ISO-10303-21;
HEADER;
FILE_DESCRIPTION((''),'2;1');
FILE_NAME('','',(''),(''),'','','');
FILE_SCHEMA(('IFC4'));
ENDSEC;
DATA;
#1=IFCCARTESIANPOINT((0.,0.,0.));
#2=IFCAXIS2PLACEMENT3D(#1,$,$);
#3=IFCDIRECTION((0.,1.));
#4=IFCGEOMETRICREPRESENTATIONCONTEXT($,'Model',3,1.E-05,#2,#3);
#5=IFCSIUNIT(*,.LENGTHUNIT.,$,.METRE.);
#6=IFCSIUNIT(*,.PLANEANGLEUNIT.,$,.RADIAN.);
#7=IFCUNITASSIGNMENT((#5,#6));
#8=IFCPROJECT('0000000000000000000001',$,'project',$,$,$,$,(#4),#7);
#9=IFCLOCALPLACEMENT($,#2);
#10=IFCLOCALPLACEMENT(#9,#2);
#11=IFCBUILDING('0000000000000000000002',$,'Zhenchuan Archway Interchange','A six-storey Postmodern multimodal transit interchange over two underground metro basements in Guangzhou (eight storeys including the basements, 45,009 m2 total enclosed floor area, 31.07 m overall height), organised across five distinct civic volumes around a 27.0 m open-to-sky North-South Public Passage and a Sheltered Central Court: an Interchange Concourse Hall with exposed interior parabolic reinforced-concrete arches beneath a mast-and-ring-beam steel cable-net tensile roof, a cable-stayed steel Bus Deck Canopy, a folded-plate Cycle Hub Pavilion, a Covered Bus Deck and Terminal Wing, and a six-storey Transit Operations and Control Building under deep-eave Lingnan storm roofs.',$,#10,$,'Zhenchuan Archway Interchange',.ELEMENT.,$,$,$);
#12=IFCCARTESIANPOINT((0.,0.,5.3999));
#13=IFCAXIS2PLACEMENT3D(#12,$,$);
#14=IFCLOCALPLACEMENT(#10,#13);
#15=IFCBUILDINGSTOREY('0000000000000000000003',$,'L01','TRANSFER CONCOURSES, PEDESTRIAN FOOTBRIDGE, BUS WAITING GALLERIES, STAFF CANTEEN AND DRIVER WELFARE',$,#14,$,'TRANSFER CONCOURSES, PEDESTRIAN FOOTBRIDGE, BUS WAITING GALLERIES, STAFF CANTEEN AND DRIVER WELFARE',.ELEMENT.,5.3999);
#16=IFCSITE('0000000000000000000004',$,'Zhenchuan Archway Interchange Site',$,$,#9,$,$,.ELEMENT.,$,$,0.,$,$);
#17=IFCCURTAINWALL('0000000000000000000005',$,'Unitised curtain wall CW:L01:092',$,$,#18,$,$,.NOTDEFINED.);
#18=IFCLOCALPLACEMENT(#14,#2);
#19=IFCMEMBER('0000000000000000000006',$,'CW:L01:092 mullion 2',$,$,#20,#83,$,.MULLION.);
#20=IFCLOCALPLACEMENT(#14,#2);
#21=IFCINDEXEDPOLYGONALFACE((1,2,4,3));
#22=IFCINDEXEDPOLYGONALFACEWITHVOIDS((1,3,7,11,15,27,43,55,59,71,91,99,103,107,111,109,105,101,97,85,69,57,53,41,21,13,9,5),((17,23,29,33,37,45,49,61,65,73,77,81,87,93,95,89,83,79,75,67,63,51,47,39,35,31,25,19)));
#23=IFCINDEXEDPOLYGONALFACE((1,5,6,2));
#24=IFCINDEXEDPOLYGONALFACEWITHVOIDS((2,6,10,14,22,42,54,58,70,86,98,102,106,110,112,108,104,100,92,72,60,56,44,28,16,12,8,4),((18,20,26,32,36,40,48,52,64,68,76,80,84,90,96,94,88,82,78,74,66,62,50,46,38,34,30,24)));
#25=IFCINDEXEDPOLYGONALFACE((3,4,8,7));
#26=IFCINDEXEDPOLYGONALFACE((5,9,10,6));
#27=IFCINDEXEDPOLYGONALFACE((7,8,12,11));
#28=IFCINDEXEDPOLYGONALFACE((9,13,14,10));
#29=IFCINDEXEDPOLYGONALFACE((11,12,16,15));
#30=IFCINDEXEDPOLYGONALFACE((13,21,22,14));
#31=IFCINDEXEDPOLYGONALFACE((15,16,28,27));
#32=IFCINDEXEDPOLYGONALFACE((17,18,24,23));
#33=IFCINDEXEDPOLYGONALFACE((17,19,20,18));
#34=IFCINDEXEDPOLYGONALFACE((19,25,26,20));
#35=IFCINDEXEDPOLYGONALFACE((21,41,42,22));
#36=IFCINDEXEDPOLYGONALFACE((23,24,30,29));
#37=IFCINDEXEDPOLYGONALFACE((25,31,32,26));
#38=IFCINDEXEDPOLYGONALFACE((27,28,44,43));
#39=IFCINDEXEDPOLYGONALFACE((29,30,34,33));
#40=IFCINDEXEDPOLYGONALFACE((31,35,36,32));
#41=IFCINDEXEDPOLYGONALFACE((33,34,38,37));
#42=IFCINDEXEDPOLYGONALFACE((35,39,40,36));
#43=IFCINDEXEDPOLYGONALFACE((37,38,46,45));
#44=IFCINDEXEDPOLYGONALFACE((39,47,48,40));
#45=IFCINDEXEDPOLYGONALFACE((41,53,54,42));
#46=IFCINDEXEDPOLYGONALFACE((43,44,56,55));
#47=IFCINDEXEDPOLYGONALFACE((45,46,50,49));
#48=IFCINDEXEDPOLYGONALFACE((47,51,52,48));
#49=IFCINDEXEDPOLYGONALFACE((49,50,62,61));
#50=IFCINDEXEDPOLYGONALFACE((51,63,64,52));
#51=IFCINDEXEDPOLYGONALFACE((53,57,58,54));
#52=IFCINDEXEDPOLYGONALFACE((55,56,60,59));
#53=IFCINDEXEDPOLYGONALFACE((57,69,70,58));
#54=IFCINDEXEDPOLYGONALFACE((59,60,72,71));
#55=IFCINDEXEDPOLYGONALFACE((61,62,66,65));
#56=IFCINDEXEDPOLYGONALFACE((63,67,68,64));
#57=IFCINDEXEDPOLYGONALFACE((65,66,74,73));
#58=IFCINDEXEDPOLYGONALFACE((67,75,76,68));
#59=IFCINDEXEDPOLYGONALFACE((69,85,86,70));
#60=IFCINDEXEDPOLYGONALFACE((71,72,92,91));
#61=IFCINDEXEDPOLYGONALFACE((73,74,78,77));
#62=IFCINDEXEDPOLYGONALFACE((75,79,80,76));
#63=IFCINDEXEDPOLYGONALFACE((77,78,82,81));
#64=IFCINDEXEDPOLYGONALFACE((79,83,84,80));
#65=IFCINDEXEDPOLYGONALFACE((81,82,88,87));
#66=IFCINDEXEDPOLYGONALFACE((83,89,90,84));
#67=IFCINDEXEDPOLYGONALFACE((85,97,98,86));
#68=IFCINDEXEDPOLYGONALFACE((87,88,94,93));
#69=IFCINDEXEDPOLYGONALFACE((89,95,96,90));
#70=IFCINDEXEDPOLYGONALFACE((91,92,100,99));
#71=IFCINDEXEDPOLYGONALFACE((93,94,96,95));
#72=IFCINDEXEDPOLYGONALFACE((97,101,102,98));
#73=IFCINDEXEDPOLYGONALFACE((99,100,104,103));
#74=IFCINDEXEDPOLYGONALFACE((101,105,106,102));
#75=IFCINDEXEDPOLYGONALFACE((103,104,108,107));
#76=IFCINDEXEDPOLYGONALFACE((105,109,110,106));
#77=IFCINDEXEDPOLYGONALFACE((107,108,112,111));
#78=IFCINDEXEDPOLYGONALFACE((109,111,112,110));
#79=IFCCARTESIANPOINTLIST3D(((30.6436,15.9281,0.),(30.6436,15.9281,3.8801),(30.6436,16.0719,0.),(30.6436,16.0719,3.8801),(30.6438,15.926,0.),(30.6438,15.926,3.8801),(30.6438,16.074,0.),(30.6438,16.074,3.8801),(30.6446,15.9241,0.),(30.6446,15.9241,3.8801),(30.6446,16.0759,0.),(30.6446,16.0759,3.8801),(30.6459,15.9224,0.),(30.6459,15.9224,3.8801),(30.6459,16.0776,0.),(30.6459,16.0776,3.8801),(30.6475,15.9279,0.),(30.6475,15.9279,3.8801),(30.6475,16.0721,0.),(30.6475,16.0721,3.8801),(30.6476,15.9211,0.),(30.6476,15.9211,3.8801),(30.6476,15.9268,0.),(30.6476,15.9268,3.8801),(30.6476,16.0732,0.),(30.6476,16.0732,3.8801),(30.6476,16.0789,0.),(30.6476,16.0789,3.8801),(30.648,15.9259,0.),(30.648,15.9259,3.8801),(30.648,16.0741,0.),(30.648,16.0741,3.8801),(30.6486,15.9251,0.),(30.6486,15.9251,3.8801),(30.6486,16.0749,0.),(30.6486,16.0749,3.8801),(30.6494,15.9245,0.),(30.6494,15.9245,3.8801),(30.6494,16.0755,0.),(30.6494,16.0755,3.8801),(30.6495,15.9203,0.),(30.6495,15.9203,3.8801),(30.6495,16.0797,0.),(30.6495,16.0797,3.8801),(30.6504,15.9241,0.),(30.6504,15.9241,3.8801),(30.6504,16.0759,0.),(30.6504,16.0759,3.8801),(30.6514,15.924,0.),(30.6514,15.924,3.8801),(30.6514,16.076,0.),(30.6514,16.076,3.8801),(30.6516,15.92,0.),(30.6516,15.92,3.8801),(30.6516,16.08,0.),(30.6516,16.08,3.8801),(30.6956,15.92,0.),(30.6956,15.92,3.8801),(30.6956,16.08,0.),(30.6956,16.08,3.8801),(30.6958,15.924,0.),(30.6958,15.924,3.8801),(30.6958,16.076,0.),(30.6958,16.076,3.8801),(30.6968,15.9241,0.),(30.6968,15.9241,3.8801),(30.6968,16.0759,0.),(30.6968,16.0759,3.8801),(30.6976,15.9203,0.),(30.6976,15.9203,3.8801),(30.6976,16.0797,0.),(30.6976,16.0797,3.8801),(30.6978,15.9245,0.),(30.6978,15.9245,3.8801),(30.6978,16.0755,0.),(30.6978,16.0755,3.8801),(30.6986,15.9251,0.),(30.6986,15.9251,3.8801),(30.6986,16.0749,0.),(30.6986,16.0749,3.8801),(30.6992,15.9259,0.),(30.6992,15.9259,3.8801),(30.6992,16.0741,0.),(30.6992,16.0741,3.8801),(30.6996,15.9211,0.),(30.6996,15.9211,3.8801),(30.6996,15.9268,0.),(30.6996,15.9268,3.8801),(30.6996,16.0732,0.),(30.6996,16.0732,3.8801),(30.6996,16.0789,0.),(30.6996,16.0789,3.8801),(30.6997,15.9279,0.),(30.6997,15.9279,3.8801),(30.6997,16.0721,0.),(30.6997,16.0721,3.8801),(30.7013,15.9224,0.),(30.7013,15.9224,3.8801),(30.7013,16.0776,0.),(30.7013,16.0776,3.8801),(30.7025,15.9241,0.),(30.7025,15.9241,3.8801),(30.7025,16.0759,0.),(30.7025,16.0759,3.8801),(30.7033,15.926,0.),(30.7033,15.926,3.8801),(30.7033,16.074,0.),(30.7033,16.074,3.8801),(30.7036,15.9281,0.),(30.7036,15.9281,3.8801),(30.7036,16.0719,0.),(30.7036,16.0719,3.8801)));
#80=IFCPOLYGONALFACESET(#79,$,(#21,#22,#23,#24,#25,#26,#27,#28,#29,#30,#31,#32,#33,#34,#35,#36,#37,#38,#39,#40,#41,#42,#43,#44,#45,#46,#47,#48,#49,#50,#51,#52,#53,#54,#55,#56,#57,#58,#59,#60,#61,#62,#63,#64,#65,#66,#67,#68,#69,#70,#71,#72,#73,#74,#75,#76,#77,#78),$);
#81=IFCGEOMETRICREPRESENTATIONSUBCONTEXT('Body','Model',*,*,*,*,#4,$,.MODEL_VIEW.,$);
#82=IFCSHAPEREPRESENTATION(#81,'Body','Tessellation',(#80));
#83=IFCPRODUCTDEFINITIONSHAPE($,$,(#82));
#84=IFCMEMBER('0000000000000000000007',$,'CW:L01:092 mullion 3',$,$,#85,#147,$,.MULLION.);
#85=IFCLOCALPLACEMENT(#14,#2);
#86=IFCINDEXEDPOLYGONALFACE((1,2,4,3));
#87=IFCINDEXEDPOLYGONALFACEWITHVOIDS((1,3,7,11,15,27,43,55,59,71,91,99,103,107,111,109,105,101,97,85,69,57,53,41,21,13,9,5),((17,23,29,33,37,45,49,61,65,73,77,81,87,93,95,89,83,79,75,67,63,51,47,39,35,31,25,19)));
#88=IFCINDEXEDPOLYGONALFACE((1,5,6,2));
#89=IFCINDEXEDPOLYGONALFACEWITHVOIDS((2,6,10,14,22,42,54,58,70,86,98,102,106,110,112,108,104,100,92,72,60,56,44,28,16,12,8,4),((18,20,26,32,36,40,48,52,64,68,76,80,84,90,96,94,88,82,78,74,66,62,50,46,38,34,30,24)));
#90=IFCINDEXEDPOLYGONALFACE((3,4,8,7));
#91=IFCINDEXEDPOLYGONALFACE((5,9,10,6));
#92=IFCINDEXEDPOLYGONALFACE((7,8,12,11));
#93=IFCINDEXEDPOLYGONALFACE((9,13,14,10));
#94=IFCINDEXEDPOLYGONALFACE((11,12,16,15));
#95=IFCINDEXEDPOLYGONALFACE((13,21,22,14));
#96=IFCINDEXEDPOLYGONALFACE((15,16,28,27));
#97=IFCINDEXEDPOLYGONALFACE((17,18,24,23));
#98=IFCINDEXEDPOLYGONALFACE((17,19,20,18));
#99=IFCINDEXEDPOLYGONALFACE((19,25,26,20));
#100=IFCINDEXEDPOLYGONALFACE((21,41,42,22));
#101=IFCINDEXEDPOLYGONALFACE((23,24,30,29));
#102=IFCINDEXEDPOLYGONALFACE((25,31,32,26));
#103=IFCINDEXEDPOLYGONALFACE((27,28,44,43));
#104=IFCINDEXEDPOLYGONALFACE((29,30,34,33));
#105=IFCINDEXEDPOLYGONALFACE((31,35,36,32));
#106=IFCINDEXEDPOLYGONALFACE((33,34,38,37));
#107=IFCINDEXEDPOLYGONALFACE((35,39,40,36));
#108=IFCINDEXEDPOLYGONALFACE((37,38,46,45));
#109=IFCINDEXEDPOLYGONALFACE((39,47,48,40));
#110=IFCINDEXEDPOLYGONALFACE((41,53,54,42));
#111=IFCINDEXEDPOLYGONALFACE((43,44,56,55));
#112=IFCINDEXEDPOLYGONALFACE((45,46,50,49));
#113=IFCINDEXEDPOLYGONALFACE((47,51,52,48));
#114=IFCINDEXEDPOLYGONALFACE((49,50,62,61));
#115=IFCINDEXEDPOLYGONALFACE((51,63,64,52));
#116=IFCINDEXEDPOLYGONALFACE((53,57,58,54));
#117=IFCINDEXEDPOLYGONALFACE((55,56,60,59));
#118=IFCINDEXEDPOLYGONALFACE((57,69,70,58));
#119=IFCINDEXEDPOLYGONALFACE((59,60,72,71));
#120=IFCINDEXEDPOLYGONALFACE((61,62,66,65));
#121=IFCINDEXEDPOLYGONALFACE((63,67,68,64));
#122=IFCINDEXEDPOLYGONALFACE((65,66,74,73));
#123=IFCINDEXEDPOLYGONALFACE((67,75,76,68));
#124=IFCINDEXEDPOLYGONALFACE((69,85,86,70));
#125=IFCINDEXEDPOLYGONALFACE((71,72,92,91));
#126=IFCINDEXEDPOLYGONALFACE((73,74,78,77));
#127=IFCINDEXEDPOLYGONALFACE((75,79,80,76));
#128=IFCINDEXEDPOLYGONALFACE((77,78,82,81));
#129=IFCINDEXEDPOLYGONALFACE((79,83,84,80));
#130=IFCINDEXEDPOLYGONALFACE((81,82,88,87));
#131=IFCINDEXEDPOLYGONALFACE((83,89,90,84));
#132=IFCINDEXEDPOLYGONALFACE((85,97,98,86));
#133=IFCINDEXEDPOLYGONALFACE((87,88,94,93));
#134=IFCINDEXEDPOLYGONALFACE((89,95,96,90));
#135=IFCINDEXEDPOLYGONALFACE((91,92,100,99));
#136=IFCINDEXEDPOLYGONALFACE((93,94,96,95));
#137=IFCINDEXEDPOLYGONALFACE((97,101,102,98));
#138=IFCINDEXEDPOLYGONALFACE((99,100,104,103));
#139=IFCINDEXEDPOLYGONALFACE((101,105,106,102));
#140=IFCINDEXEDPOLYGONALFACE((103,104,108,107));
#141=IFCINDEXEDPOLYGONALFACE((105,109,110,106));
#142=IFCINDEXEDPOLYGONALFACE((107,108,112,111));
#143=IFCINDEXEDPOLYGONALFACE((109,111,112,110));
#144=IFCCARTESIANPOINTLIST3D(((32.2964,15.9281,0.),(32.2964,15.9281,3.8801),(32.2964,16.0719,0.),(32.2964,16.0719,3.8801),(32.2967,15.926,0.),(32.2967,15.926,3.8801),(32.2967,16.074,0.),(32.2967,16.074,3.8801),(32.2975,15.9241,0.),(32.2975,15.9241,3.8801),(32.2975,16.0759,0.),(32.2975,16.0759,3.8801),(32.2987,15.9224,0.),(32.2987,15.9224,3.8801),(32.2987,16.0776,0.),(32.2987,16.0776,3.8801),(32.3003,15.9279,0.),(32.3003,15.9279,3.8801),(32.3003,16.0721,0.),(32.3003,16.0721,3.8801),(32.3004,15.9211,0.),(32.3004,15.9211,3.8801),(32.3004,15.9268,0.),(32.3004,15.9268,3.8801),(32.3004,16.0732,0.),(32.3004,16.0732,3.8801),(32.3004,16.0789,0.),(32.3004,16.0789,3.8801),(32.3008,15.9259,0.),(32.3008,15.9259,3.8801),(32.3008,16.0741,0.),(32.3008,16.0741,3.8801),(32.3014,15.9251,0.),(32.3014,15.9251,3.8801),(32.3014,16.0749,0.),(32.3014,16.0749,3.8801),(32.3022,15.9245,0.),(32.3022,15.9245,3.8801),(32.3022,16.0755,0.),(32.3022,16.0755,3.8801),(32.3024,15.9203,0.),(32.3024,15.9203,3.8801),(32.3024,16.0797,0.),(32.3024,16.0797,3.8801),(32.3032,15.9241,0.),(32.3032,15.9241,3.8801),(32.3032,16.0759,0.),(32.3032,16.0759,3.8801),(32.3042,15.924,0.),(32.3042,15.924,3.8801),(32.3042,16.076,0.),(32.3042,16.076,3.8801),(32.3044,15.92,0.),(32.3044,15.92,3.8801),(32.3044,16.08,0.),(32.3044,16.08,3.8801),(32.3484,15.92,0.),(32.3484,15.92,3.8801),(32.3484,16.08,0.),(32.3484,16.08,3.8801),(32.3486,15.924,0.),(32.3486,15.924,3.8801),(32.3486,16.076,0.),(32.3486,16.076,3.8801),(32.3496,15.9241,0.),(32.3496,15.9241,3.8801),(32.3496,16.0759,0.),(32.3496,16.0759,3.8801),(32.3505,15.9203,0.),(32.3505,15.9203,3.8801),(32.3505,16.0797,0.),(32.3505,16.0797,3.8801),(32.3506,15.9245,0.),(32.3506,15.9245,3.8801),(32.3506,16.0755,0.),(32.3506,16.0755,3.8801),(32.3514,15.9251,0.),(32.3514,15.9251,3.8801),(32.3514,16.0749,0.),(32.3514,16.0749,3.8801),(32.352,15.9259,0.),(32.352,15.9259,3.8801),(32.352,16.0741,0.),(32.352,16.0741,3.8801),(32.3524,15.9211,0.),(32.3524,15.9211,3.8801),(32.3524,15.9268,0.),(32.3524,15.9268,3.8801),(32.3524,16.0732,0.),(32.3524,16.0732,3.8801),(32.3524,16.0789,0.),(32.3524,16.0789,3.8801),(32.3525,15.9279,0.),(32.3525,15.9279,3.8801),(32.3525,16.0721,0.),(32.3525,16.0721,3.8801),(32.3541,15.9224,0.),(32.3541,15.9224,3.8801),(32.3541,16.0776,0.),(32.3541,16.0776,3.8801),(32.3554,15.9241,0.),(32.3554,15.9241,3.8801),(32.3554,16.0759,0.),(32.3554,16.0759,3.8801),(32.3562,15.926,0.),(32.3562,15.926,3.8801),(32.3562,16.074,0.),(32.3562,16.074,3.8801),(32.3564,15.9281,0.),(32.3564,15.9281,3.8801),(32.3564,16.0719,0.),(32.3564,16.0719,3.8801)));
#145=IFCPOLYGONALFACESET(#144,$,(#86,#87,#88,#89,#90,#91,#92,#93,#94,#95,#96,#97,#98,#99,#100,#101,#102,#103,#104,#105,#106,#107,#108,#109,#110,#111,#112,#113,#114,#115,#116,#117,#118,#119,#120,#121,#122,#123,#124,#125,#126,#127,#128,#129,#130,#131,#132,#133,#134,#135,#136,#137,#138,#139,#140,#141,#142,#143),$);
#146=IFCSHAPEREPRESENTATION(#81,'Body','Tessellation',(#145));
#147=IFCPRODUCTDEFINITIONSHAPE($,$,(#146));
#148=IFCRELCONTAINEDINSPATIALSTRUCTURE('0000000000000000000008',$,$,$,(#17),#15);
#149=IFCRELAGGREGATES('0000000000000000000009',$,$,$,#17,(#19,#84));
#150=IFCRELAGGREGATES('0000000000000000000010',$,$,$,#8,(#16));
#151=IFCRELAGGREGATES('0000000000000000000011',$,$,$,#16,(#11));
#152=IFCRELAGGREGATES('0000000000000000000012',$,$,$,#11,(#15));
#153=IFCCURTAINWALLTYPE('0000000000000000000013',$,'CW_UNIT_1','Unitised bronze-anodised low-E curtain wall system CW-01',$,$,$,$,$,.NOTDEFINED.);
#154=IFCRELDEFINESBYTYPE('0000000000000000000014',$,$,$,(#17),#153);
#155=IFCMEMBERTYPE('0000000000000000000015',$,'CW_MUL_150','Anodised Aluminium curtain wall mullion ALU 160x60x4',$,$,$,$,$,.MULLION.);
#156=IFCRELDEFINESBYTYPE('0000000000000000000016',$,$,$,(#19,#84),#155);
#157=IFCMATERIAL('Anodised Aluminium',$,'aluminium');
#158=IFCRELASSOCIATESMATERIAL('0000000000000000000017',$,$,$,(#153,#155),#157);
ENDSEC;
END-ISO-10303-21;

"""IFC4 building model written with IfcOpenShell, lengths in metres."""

from ifc_helpers import new_model, si_unit, direction, frame, origin, origin_2d, place, context, subcontext, project, spatial, hollow_rectangle, extrude, material, material_profile, profile_set, type_object, element, aggregate, save


model = new_model("IFC4")

# Units and contexts
model_context = context("Model", 3, precision=1e-05, world=origin(), true_north=direction((0.0, 1.0)))
body_context = subcontext(model_context, "Body", "Model", "MODEL_VIEW")
ifc_project = project(units=[si_unit("LENGTHUNIT", "METRE"), si_unit("PLANEANGLEUNIT", "RADIAN")], contexts=[model_context])

# Site, building, storey
site_placement = place(None, origin())
site = spatial("IfcSite", under=ifc_project, at=site_placement, Name="Zhenchuan Archway Interchange Site", CompositionType="ELEMENT", RefElevation=0.0)
building_placement = place(site_placement, origin())
building = spatial("IfcBuilding", under=site, at=building_placement, Name="Zhenchuan Archway Interchange", Description="A six-storey Postmodern multimodal transit interchange over two underground metro basements in Guangzhou (eight storeys including the basements, 45,009 m2 total enclosed floor area, 31.07 m overall height), organised across five distinct civic volumes around a 27.0 m open-to-sky North-South Public Passage and a Sheltered Central Court: an Interchange Concourse Hall with exposed interior parabolic reinforced-concrete arches beneath a mast-and-ring-beam steel cable-net tensile roof, a cable-stayed steel Bus Deck Canopy, a folded-plate Cycle Hub Pavilion, a Covered Bus Deck and Terminal Wing, and a six-storey Transit Operations and Control Building under deep-eave Lingnan storm roofs.", LongName="Zhenchuan Archway Interchange", CompositionType="ELEMENT")
storey_placement = place(building_placement, frame((0.0, 0.0, 5.3999)))
storey = spatial("IfcBuildingStorey", under=building, at=storey_placement, Name="L01", Description="TRANSFER CONCOURSES, PEDESTRIAN FOOTBRIDGE, BUS WAITING GALLERIES, STAFF CANTEEN AND DRIVER WELFARE", LongName="TRANSFER CONCOURSES, PEDESTRIAN FOOTBRIDGE, BUS WAITING GALLERIES, STAFF CANTEEN AND DRIVER WELFARE", CompositionType="ELEMENT", Elevation=5.3999)

# Curtain wall, members
ifc_material_1 = material(Name="Anodised Aluminium", Category="aluminium")
curtain_wall_type = type_object("IfcCurtainWallType", Name="CW_UNIT_1", Description="Unitised bronze-anodised low-E curtain wall system CW-01", PredefinedType="NOTDEFINED", material=ifc_material_1)
curtain_wall_placement = place(storey_placement, origin())
curtain_wall = element("IfcCurtainWall", 1, at=curtain_wall_placement, inside=storey, type_object=curtain_wall_type, Name="Unitised curtain wall CW:L01:092", PredefinedType="NOTDEFINED")
ifc_material_profile_1 = material_profile(ifc_material_1, hollow_rectangle(XDim=0.0601, YDim=0.1599, WallThickness=0.0039, InnerFilletRadius=0.0039, OuterFilletRadius=0.0081, at=origin_2d()), Name="ALU 160x60x4")
ifc_profile_set_1 = profile_set([ifc_material_profile_1], Name="Anodised Aluminium")
member_type_1 = type_object("IfcMemberType", Name="CW_MUL_150", Description="Anodised Aluminium curtain wall mullion ALU 160x60x4", PredefinedType="MULLION", material=ifc_profile_set_1)
member_1_placement = place(storey_placement, frame((30.6736, 16.0, 0.0), z_axis=(0.0, 0.0, 1.0), x_axis=(1.0, 0.0, 0.0)))
member_1 = element("IfcMember", 2, at=member_1_placement, type_object=member_type_1, Name="CW:L01:092 mullion 2", PredefinedType="MULLION", context=body_context, shape_type="SweptSolid", body=[
    extrude(hollow_rectangle(XDim=0.0601, YDim=0.1599, WallThickness=0.0039, InnerFilletRadius=0.0039, OuterFilletRadius=0.0081, at=origin_2d()), origin(), (0.0, 0.0, 1.0), 3.8801),
])
member_2_placement = place(storey_placement, frame((32.3264, 16.0, 0.0), z_axis=(0.0, 0.0, 1.0), x_axis=(1.0, 0.0, 0.0)))
member_2 = element("IfcMember", 3, at=member_2_placement, type_object=member_type_1, Name="CW:L01:092 mullion 3", PredefinedType="MULLION", context=body_context, shape_type="SweptSolid", body=[
    extrude(hollow_rectangle(XDim=0.0601, YDim=0.1599, WallThickness=0.0039, InnerFilletRadius=0.0039, OuterFilletRadius=0.0081, at=origin_2d()), origin(), (0.0, 0.0, 1.0), 3.8801),
])

aggregate(curtain_wall, [member_1, member_2])

save(model, "model.ifc")
